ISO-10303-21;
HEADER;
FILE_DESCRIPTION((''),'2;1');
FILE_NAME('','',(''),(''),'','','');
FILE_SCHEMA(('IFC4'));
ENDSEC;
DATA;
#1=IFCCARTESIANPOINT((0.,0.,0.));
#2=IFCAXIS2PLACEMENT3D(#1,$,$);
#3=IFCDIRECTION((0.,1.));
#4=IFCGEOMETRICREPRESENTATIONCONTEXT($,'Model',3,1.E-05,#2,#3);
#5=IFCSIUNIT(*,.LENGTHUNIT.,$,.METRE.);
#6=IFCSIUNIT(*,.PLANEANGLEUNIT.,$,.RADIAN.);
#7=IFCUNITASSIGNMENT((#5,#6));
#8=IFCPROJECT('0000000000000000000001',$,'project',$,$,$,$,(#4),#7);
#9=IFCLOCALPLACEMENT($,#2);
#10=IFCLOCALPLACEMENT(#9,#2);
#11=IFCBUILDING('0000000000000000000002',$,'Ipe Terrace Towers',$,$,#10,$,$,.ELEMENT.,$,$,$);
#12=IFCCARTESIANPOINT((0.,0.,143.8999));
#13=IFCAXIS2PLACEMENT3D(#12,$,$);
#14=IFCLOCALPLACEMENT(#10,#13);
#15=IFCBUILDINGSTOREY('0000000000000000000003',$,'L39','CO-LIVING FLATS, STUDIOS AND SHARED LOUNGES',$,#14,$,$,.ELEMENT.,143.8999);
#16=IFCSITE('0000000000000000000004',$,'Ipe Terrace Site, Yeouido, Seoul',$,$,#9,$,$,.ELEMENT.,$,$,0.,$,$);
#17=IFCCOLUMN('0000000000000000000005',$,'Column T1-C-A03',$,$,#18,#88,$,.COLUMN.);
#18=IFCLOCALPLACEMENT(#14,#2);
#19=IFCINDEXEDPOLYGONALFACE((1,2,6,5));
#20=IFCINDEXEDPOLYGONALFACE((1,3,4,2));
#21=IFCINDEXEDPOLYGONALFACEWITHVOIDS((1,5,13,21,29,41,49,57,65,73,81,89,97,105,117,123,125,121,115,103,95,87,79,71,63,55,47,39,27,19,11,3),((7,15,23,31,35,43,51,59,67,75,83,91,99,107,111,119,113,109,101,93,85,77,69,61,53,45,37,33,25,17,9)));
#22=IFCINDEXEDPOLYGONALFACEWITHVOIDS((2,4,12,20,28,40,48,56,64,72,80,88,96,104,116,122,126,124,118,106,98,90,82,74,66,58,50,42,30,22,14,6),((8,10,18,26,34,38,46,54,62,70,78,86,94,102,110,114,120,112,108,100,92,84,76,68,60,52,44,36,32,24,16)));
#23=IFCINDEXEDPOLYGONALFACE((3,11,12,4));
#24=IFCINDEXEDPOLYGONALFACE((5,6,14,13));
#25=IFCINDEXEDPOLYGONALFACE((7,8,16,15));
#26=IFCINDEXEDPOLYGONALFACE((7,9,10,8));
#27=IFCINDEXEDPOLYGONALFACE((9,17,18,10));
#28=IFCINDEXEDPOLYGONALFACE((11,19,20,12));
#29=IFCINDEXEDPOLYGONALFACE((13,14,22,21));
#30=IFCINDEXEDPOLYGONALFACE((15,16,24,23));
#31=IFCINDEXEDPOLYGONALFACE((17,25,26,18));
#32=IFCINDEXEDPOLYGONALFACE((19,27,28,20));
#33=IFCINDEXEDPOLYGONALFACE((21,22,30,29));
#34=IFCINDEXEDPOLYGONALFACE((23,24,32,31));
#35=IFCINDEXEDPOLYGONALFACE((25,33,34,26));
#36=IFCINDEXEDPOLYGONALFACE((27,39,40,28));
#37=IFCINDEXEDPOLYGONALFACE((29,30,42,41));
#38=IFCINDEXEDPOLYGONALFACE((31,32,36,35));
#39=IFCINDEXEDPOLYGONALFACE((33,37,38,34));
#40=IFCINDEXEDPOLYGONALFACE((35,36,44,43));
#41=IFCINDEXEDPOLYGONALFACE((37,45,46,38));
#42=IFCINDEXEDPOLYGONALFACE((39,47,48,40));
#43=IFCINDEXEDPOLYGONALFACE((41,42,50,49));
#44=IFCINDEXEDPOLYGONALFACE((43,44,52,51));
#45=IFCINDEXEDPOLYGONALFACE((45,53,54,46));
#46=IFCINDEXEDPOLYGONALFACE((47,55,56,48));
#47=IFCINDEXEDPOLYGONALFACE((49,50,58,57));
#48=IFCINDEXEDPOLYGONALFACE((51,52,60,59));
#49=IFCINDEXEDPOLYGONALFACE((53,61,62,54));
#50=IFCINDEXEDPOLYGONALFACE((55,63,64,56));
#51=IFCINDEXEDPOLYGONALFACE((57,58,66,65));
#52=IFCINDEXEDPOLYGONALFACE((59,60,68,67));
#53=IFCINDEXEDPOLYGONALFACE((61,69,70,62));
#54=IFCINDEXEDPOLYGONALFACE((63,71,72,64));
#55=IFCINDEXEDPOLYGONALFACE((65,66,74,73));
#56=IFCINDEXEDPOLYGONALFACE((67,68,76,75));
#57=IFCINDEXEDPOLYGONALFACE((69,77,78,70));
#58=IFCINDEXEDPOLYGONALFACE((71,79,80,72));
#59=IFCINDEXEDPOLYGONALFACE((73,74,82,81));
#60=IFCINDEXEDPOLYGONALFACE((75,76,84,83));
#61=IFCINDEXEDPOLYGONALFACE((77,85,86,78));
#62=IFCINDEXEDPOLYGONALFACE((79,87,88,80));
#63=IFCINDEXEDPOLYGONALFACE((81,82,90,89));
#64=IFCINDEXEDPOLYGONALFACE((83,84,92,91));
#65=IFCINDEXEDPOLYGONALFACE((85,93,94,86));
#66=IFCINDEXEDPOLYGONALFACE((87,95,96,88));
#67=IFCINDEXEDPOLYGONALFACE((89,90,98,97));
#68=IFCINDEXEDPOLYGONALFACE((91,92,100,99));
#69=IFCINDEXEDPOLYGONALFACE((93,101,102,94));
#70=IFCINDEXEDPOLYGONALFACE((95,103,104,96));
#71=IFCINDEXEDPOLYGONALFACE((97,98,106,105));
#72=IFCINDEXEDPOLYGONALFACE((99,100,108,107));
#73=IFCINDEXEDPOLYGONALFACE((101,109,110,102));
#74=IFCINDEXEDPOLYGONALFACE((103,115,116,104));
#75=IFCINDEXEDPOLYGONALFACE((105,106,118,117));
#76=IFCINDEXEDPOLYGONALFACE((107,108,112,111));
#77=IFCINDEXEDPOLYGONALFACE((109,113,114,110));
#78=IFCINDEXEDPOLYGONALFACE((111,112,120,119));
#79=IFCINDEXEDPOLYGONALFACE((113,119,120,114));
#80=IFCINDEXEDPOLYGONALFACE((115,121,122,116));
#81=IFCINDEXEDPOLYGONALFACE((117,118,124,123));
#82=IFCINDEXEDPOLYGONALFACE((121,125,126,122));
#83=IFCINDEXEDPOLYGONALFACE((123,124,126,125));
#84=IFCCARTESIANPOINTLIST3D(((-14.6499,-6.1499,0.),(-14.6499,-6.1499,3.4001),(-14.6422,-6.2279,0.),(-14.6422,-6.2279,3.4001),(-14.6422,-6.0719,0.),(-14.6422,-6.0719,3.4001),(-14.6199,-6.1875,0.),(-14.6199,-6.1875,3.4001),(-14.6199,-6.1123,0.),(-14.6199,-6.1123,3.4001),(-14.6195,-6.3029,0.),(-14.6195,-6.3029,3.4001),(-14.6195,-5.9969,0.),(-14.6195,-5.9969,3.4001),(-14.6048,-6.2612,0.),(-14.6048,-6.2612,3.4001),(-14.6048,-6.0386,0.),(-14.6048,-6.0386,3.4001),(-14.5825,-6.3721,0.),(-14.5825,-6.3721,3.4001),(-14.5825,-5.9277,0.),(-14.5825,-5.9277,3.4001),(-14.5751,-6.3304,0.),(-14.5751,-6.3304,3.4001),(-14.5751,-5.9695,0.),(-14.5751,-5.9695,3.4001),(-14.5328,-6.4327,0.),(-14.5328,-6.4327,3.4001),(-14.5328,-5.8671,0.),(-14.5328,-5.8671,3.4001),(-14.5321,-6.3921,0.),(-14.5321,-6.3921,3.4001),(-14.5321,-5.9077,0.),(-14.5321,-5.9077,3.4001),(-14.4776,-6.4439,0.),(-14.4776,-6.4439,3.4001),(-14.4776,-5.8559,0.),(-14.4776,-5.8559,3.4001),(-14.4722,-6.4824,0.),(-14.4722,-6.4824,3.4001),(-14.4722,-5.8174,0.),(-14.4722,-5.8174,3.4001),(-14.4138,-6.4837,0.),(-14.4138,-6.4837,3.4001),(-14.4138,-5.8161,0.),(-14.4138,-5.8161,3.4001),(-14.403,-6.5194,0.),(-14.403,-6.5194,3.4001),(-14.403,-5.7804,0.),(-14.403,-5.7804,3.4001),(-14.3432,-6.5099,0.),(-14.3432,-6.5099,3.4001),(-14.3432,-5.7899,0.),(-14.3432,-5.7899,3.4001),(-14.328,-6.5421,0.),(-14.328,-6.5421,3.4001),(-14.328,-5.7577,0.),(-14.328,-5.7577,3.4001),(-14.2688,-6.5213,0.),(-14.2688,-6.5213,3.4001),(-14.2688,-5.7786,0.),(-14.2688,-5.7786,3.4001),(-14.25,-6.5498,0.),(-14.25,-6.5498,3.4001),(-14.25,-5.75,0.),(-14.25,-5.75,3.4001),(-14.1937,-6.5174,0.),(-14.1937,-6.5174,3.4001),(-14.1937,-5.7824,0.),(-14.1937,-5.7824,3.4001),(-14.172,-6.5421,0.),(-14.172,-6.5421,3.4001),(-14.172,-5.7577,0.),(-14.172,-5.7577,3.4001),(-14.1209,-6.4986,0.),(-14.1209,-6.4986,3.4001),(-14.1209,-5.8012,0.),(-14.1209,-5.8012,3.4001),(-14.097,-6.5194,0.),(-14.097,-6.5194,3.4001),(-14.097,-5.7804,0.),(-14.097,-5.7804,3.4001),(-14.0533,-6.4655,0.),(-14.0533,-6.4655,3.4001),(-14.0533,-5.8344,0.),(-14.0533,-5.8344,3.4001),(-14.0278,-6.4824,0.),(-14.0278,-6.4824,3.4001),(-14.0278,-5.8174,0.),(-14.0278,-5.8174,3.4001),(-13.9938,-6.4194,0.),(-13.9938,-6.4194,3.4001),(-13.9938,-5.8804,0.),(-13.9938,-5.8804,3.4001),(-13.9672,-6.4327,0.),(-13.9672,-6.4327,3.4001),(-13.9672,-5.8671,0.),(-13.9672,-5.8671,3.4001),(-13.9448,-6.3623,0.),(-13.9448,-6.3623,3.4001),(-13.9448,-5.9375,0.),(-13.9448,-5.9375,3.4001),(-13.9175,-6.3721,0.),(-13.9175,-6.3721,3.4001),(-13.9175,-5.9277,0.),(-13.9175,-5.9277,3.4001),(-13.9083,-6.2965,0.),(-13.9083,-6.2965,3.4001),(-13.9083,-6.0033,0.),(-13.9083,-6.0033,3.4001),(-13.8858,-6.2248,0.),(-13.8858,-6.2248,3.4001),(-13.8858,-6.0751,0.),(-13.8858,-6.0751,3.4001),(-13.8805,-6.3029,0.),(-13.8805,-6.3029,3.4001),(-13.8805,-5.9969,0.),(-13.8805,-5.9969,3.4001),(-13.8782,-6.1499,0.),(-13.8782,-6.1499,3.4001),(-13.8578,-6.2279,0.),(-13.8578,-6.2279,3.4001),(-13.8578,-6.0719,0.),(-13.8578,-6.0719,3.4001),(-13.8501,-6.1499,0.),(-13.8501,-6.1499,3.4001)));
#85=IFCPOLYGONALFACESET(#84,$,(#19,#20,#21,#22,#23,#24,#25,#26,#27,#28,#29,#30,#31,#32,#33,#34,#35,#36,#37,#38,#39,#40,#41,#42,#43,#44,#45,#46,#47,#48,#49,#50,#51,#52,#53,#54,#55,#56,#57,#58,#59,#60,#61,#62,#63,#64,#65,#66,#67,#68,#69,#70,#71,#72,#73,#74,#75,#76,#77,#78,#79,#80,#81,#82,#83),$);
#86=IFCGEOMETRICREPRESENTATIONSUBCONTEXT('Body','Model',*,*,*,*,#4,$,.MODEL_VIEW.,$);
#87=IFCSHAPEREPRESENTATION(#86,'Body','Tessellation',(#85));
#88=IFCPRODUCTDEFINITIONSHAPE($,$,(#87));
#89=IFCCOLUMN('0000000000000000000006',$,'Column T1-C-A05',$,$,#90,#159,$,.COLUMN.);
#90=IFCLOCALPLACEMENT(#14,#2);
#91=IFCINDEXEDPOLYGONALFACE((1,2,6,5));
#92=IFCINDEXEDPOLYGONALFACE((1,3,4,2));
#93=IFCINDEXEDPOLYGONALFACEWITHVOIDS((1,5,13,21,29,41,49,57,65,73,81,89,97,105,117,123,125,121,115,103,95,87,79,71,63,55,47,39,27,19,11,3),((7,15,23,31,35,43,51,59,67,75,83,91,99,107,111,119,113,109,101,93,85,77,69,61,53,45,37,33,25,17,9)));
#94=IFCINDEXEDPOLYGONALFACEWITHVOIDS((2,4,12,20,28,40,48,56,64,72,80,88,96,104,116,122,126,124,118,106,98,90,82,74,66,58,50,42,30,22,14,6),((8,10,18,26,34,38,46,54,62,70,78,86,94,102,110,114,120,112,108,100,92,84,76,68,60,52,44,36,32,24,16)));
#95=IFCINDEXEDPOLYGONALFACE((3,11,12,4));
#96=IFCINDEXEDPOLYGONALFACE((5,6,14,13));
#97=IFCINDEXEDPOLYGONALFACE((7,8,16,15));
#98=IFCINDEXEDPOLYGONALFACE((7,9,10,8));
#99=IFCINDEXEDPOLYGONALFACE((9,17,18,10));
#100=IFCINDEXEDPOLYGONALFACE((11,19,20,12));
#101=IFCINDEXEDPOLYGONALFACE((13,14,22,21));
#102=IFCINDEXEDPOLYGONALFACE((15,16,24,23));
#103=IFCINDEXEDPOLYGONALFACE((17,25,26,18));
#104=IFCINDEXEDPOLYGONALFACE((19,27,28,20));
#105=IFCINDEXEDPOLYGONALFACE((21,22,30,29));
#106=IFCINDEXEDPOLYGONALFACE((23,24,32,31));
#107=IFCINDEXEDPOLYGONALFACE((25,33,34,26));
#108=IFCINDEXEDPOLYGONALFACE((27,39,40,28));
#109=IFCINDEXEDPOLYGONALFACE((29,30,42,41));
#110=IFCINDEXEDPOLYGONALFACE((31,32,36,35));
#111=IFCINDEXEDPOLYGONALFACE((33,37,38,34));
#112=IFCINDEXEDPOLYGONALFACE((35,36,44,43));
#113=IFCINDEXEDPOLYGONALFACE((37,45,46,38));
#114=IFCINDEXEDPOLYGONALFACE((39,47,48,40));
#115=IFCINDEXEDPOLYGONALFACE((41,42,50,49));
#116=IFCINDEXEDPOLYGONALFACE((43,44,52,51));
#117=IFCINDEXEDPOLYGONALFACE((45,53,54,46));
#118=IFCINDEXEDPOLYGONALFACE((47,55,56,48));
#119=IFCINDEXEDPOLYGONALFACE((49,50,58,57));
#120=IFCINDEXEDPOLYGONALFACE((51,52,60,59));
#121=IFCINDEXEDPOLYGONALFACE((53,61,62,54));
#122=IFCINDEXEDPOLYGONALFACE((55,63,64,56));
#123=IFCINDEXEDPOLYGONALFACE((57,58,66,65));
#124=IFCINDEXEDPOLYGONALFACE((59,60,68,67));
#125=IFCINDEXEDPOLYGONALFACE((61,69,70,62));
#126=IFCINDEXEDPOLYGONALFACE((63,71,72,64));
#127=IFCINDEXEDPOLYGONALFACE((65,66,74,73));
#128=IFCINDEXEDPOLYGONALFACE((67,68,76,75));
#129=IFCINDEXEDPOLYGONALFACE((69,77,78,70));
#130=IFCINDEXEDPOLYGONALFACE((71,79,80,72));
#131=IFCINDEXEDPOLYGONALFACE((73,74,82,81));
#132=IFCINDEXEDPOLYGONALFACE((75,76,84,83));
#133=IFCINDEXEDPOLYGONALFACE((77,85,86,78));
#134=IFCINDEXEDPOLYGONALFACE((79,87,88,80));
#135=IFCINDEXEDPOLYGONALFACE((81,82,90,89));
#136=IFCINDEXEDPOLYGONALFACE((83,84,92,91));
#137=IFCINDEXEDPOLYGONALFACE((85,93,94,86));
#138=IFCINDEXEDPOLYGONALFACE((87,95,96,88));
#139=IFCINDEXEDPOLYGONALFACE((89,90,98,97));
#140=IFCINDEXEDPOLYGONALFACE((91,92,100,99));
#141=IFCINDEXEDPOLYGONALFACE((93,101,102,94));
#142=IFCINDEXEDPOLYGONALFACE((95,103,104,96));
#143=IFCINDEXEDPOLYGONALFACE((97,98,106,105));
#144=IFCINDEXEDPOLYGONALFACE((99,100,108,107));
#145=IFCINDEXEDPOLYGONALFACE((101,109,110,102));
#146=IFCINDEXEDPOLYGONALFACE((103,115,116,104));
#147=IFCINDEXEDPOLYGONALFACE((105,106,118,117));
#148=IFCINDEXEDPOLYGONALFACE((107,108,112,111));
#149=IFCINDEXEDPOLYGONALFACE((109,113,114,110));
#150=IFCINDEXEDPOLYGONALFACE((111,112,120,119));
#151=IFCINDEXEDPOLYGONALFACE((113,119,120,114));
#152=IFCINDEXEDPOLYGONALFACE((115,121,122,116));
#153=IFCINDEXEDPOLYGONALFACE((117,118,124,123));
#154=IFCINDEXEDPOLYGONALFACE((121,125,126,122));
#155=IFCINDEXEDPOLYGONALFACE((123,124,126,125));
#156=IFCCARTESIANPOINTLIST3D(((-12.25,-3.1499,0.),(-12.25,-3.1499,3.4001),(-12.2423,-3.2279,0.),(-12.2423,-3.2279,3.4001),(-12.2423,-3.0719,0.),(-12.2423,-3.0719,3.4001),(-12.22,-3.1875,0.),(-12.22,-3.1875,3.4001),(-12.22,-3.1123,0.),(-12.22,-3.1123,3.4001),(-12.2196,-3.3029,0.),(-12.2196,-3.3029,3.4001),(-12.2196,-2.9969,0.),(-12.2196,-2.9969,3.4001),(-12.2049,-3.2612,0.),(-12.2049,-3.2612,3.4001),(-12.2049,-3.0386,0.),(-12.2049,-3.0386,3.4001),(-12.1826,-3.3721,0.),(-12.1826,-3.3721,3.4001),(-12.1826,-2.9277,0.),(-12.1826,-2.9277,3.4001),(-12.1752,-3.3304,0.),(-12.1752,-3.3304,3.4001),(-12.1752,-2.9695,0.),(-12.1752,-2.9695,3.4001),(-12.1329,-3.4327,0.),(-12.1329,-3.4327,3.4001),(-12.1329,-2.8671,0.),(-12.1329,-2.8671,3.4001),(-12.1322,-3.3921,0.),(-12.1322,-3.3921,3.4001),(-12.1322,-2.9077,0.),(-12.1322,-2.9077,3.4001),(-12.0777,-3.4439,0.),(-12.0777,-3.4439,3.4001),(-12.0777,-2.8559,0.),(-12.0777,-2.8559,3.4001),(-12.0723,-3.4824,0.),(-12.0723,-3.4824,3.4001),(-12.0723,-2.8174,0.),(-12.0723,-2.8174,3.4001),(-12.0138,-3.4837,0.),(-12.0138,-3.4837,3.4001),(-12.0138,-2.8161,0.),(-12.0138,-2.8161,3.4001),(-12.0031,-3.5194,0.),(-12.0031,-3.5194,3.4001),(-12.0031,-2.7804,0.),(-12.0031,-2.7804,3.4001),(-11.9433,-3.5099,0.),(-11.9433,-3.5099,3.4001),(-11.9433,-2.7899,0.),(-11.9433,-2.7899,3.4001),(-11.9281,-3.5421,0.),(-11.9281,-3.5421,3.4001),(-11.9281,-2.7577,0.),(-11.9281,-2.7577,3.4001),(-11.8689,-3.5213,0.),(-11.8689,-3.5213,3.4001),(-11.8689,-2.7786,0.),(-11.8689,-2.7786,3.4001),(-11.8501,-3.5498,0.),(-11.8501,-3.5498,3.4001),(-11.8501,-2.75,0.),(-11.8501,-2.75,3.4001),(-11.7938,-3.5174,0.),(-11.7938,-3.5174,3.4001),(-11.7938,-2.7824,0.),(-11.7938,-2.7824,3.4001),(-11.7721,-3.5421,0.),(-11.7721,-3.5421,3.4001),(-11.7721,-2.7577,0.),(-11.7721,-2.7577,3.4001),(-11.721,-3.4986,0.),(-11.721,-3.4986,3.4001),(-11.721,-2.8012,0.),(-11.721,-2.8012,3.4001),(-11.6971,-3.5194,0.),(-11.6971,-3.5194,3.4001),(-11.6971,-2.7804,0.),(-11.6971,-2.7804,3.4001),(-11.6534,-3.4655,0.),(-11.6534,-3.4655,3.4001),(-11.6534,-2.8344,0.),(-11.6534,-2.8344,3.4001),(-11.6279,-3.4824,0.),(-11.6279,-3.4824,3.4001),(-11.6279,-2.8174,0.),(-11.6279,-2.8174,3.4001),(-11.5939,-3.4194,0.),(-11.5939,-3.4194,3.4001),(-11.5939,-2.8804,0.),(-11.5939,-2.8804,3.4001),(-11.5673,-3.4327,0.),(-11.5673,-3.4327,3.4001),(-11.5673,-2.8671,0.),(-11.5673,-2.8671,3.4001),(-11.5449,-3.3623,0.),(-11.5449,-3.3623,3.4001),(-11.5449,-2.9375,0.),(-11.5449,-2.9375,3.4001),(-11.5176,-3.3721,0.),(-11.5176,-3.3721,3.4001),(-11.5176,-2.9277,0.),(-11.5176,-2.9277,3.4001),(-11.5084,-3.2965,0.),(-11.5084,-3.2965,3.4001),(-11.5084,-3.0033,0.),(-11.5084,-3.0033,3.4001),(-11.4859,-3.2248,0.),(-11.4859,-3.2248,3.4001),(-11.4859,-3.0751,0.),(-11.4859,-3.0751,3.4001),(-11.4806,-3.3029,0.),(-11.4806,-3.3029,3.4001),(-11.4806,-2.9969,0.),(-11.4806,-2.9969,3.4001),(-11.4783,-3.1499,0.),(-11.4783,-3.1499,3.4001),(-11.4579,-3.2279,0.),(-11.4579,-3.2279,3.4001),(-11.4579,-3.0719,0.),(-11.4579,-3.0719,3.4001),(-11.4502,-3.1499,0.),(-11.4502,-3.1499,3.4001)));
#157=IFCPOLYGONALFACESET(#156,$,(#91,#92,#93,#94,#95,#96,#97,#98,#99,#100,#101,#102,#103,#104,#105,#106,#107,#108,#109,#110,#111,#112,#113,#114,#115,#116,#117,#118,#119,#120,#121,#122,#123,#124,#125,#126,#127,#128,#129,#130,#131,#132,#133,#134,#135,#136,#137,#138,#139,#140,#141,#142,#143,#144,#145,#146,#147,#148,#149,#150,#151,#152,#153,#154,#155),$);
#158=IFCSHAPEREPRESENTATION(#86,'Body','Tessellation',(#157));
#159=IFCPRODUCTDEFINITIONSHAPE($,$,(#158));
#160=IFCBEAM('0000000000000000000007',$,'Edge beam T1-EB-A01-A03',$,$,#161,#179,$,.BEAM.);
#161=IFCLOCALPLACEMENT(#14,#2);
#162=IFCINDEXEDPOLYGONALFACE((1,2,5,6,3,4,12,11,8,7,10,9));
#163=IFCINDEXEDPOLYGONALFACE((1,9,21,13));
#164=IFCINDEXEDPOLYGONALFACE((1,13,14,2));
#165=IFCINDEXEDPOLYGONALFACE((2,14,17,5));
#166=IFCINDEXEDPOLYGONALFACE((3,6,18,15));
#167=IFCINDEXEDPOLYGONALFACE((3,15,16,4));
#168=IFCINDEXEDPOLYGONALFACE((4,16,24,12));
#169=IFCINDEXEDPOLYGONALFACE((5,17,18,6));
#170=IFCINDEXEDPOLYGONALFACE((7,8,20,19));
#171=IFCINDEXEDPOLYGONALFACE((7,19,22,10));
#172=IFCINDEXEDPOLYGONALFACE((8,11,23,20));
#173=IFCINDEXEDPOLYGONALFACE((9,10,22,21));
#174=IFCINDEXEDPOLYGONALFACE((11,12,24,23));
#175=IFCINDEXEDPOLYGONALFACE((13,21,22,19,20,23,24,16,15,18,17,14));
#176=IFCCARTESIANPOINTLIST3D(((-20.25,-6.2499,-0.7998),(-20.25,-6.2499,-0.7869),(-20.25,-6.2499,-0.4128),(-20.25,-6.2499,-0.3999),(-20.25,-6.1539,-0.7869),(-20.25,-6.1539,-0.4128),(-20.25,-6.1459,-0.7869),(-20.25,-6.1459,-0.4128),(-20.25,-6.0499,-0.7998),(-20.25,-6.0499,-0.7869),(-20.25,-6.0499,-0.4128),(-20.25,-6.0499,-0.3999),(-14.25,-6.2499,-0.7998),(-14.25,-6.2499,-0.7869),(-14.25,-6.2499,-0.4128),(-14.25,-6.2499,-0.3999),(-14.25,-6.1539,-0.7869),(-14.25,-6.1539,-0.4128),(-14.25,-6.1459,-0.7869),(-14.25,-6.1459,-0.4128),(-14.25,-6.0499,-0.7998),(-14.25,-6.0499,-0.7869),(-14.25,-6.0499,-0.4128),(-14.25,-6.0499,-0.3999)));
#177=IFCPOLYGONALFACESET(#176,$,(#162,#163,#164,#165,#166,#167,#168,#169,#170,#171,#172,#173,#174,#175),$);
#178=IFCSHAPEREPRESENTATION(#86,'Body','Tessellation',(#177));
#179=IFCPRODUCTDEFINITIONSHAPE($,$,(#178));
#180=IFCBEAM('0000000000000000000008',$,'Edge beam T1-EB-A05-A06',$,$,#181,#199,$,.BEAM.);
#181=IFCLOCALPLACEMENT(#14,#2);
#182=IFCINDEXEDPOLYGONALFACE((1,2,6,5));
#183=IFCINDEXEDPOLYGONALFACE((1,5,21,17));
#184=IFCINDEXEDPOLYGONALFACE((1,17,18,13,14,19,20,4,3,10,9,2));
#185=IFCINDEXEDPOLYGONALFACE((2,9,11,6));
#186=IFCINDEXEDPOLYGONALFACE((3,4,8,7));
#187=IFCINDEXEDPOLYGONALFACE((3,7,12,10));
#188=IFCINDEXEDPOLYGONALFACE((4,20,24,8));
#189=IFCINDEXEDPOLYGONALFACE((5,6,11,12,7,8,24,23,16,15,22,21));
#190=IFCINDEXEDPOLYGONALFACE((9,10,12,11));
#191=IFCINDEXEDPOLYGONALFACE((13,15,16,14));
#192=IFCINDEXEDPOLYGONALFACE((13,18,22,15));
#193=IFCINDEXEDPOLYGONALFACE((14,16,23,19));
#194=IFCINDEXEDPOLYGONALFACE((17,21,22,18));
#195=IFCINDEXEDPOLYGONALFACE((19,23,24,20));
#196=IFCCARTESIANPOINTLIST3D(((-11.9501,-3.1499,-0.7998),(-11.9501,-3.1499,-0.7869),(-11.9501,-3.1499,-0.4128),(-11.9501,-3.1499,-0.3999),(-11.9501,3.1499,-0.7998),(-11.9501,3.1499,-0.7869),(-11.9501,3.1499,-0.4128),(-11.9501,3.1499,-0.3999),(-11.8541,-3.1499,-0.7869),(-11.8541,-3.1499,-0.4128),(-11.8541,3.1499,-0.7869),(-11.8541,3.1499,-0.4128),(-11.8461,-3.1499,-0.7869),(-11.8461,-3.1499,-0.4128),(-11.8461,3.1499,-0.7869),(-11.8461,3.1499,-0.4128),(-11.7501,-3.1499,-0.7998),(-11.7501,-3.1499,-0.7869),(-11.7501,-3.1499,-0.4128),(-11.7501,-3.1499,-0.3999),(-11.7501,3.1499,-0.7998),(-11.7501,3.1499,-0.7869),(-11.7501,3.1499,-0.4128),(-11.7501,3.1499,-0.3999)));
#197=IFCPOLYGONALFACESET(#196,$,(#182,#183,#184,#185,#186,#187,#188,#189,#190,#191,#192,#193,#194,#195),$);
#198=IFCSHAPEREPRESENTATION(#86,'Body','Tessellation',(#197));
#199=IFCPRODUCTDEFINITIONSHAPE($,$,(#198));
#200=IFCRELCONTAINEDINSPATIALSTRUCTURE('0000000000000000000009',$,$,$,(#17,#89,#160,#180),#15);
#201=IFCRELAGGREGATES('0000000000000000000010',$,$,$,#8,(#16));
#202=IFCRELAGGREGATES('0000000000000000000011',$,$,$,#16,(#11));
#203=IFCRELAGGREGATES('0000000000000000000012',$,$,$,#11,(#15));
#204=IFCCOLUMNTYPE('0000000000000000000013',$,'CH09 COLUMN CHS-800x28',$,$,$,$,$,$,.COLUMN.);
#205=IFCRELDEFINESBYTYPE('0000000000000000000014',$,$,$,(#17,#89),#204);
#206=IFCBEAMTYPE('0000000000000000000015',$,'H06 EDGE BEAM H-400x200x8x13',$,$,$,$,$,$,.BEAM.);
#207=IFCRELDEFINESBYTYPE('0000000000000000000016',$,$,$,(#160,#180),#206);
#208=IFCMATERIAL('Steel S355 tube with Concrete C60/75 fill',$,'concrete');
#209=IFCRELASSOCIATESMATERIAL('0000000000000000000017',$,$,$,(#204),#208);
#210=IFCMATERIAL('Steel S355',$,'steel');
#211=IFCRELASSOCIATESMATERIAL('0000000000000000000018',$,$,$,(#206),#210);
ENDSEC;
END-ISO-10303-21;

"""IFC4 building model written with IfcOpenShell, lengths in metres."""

from ifc_helpers import new_model, si_unit, direction, frame, origin, origin_2d, place, context, subcontext, project, spatial, hollow_circle, i_section, extrude, material, material_profile, profile_set, type_object, element, save


model = new_model("IFC4")

# Units and contexts
model_context = context("Model", 3, precision=1e-05, world=origin(), true_north=direction((0.0, 1.0)))
body_context = subcontext(model_context, "Body", "Model", "MODEL_VIEW")
ifc_project = project(units=[si_unit("LENGTHUNIT", "METRE"), si_unit("PLANEANGLEUNIT", "RADIAN")], contexts=[model_context])

# Site, building, storey
site_placement = place(None, origin())
site = spatial("IfcSite", under=ifc_project, at=site_placement, Name="Ipe Terrace Site, Yeouido, Seoul", CompositionType="ELEMENT", RefElevation=0.0)
building_placement = place(site_placement, origin())
building = spatial("IfcBuilding", under=site, at=building_placement, Name="Ipe Terrace Towers", CompositionType="ELEMENT")
storey_placement = place(building_placement, frame((0.0, 0.0, 143.8999)))
storey = spatial("IfcBuildingStorey", under=building, at=storey_placement, Name="L39", Description="CO-LIVING FLATS, STUDIOS AND SHARED LOUNGES", CompositionType="ELEMENT", Elevation=143.8999)

# Columns
ifc_material_1 = material(Name="Steel S355 tube with Concrete C60/75 fill", Category="concrete")
ifc_material_profile_1 = material_profile(ifc_material_1, hollow_circle(Radius=0.3999, WallThickness=0.0281, at=origin_2d()), Name="CHS-800x28")
ifc_profile_set_1 = profile_set([ifc_material_profile_1], Name="Steel S355 tube with Concrete C60/75 fill")
column_type = type_object("IfcColumnType", Name="CH09 COLUMN CHS-800x28", PredefinedType="COLUMN", material=ifc_profile_set_1)
for number, where, z_axis, x_axis, name in (
    (1, (-14.25, -6.1499, 0.0), (0.0, 0.0, 1.0), (1.0, 0.0, 0.0), "Column T1-C-A03"),
    (2, (-11.8501, -3.1499, 0.0), (0.0, 0.0, 1.0), (1.0, 0.0, 0.0), "Column T1-C-A05"),
):
    element("IfcColumn", number, at=place(storey_placement, frame(where, z_axis=z_axis, x_axis=x_axis)), inside=storey, type_object=column_type, Name=name, PredefinedType="COLUMN", context=body_context, shape_type="SweptSolid", body=[
        extrude(hollow_circle(Radius=0.3999, WallThickness=0.0281, at=origin_2d()), origin(), (0.0, 0.0, 1.0), 3.4001),
    ])

# Beams
ifc_material_2 = material(Name="Steel S355", Category="steel")
ifc_material_profile_2 = material_profile(ifc_material_2, i_section(OverallWidth=0.2, OverallDepth=0.3999, WebThickness=0.0081, FlangeThickness=0.0129, at=origin_2d()), Name="H-400x200x8x13")
ifc_profile_set_2 = profile_set([ifc_material_profile_2], Name="Steel S355")
beam_type = type_object("IfcBeamType", Name="H06 EDGE BEAM H-400x200x8x13", PredefinedType="BEAM", material=ifc_profile_set_2)
beam_1_placement = place(storey_placement, frame((-20.25, -6.1499, -0.5999), z_axis=(1.0, 0.0, 0.0), x_axis=(0.0, 1.0, 0.0)))
element("IfcBeam", 3, at=beam_1_placement, inside=storey, type_object=beam_type, Name="Edge beam T1-EB-A01-A03", PredefinedType="BEAM", context=body_context, shape_type="SweptSolid", body=[
    extrude(i_section(OverallWidth=0.2, OverallDepth=0.3999, WebThickness=0.0081, FlangeThickness=0.0129, at=origin_2d()), origin(), (0.0, 0.0, 1.0), 6.0),
])
beam_2_placement = place(storey_placement, frame((-11.8501, -3.1499, -0.5999), z_axis=(0.0, 1.0, 0.0), x_axis=(-1.0, 0.0, 0.0)))
element("IfcBeam", 4, at=beam_2_placement, inside=storey, type_object=beam_type, Name="Edge beam T1-EB-A05-A06", PredefinedType="BEAM", context=body_context, shape_type="SweptSolid", body=[
    extrude(i_section(OverallWidth=0.2, OverallDepth=0.3999, WebThickness=0.0081, FlangeThickness=0.0129, at=origin_2d()), origin(), (0.0, 0.0, 1.0), 6.2998),
])

save(model, "model.ifc")
